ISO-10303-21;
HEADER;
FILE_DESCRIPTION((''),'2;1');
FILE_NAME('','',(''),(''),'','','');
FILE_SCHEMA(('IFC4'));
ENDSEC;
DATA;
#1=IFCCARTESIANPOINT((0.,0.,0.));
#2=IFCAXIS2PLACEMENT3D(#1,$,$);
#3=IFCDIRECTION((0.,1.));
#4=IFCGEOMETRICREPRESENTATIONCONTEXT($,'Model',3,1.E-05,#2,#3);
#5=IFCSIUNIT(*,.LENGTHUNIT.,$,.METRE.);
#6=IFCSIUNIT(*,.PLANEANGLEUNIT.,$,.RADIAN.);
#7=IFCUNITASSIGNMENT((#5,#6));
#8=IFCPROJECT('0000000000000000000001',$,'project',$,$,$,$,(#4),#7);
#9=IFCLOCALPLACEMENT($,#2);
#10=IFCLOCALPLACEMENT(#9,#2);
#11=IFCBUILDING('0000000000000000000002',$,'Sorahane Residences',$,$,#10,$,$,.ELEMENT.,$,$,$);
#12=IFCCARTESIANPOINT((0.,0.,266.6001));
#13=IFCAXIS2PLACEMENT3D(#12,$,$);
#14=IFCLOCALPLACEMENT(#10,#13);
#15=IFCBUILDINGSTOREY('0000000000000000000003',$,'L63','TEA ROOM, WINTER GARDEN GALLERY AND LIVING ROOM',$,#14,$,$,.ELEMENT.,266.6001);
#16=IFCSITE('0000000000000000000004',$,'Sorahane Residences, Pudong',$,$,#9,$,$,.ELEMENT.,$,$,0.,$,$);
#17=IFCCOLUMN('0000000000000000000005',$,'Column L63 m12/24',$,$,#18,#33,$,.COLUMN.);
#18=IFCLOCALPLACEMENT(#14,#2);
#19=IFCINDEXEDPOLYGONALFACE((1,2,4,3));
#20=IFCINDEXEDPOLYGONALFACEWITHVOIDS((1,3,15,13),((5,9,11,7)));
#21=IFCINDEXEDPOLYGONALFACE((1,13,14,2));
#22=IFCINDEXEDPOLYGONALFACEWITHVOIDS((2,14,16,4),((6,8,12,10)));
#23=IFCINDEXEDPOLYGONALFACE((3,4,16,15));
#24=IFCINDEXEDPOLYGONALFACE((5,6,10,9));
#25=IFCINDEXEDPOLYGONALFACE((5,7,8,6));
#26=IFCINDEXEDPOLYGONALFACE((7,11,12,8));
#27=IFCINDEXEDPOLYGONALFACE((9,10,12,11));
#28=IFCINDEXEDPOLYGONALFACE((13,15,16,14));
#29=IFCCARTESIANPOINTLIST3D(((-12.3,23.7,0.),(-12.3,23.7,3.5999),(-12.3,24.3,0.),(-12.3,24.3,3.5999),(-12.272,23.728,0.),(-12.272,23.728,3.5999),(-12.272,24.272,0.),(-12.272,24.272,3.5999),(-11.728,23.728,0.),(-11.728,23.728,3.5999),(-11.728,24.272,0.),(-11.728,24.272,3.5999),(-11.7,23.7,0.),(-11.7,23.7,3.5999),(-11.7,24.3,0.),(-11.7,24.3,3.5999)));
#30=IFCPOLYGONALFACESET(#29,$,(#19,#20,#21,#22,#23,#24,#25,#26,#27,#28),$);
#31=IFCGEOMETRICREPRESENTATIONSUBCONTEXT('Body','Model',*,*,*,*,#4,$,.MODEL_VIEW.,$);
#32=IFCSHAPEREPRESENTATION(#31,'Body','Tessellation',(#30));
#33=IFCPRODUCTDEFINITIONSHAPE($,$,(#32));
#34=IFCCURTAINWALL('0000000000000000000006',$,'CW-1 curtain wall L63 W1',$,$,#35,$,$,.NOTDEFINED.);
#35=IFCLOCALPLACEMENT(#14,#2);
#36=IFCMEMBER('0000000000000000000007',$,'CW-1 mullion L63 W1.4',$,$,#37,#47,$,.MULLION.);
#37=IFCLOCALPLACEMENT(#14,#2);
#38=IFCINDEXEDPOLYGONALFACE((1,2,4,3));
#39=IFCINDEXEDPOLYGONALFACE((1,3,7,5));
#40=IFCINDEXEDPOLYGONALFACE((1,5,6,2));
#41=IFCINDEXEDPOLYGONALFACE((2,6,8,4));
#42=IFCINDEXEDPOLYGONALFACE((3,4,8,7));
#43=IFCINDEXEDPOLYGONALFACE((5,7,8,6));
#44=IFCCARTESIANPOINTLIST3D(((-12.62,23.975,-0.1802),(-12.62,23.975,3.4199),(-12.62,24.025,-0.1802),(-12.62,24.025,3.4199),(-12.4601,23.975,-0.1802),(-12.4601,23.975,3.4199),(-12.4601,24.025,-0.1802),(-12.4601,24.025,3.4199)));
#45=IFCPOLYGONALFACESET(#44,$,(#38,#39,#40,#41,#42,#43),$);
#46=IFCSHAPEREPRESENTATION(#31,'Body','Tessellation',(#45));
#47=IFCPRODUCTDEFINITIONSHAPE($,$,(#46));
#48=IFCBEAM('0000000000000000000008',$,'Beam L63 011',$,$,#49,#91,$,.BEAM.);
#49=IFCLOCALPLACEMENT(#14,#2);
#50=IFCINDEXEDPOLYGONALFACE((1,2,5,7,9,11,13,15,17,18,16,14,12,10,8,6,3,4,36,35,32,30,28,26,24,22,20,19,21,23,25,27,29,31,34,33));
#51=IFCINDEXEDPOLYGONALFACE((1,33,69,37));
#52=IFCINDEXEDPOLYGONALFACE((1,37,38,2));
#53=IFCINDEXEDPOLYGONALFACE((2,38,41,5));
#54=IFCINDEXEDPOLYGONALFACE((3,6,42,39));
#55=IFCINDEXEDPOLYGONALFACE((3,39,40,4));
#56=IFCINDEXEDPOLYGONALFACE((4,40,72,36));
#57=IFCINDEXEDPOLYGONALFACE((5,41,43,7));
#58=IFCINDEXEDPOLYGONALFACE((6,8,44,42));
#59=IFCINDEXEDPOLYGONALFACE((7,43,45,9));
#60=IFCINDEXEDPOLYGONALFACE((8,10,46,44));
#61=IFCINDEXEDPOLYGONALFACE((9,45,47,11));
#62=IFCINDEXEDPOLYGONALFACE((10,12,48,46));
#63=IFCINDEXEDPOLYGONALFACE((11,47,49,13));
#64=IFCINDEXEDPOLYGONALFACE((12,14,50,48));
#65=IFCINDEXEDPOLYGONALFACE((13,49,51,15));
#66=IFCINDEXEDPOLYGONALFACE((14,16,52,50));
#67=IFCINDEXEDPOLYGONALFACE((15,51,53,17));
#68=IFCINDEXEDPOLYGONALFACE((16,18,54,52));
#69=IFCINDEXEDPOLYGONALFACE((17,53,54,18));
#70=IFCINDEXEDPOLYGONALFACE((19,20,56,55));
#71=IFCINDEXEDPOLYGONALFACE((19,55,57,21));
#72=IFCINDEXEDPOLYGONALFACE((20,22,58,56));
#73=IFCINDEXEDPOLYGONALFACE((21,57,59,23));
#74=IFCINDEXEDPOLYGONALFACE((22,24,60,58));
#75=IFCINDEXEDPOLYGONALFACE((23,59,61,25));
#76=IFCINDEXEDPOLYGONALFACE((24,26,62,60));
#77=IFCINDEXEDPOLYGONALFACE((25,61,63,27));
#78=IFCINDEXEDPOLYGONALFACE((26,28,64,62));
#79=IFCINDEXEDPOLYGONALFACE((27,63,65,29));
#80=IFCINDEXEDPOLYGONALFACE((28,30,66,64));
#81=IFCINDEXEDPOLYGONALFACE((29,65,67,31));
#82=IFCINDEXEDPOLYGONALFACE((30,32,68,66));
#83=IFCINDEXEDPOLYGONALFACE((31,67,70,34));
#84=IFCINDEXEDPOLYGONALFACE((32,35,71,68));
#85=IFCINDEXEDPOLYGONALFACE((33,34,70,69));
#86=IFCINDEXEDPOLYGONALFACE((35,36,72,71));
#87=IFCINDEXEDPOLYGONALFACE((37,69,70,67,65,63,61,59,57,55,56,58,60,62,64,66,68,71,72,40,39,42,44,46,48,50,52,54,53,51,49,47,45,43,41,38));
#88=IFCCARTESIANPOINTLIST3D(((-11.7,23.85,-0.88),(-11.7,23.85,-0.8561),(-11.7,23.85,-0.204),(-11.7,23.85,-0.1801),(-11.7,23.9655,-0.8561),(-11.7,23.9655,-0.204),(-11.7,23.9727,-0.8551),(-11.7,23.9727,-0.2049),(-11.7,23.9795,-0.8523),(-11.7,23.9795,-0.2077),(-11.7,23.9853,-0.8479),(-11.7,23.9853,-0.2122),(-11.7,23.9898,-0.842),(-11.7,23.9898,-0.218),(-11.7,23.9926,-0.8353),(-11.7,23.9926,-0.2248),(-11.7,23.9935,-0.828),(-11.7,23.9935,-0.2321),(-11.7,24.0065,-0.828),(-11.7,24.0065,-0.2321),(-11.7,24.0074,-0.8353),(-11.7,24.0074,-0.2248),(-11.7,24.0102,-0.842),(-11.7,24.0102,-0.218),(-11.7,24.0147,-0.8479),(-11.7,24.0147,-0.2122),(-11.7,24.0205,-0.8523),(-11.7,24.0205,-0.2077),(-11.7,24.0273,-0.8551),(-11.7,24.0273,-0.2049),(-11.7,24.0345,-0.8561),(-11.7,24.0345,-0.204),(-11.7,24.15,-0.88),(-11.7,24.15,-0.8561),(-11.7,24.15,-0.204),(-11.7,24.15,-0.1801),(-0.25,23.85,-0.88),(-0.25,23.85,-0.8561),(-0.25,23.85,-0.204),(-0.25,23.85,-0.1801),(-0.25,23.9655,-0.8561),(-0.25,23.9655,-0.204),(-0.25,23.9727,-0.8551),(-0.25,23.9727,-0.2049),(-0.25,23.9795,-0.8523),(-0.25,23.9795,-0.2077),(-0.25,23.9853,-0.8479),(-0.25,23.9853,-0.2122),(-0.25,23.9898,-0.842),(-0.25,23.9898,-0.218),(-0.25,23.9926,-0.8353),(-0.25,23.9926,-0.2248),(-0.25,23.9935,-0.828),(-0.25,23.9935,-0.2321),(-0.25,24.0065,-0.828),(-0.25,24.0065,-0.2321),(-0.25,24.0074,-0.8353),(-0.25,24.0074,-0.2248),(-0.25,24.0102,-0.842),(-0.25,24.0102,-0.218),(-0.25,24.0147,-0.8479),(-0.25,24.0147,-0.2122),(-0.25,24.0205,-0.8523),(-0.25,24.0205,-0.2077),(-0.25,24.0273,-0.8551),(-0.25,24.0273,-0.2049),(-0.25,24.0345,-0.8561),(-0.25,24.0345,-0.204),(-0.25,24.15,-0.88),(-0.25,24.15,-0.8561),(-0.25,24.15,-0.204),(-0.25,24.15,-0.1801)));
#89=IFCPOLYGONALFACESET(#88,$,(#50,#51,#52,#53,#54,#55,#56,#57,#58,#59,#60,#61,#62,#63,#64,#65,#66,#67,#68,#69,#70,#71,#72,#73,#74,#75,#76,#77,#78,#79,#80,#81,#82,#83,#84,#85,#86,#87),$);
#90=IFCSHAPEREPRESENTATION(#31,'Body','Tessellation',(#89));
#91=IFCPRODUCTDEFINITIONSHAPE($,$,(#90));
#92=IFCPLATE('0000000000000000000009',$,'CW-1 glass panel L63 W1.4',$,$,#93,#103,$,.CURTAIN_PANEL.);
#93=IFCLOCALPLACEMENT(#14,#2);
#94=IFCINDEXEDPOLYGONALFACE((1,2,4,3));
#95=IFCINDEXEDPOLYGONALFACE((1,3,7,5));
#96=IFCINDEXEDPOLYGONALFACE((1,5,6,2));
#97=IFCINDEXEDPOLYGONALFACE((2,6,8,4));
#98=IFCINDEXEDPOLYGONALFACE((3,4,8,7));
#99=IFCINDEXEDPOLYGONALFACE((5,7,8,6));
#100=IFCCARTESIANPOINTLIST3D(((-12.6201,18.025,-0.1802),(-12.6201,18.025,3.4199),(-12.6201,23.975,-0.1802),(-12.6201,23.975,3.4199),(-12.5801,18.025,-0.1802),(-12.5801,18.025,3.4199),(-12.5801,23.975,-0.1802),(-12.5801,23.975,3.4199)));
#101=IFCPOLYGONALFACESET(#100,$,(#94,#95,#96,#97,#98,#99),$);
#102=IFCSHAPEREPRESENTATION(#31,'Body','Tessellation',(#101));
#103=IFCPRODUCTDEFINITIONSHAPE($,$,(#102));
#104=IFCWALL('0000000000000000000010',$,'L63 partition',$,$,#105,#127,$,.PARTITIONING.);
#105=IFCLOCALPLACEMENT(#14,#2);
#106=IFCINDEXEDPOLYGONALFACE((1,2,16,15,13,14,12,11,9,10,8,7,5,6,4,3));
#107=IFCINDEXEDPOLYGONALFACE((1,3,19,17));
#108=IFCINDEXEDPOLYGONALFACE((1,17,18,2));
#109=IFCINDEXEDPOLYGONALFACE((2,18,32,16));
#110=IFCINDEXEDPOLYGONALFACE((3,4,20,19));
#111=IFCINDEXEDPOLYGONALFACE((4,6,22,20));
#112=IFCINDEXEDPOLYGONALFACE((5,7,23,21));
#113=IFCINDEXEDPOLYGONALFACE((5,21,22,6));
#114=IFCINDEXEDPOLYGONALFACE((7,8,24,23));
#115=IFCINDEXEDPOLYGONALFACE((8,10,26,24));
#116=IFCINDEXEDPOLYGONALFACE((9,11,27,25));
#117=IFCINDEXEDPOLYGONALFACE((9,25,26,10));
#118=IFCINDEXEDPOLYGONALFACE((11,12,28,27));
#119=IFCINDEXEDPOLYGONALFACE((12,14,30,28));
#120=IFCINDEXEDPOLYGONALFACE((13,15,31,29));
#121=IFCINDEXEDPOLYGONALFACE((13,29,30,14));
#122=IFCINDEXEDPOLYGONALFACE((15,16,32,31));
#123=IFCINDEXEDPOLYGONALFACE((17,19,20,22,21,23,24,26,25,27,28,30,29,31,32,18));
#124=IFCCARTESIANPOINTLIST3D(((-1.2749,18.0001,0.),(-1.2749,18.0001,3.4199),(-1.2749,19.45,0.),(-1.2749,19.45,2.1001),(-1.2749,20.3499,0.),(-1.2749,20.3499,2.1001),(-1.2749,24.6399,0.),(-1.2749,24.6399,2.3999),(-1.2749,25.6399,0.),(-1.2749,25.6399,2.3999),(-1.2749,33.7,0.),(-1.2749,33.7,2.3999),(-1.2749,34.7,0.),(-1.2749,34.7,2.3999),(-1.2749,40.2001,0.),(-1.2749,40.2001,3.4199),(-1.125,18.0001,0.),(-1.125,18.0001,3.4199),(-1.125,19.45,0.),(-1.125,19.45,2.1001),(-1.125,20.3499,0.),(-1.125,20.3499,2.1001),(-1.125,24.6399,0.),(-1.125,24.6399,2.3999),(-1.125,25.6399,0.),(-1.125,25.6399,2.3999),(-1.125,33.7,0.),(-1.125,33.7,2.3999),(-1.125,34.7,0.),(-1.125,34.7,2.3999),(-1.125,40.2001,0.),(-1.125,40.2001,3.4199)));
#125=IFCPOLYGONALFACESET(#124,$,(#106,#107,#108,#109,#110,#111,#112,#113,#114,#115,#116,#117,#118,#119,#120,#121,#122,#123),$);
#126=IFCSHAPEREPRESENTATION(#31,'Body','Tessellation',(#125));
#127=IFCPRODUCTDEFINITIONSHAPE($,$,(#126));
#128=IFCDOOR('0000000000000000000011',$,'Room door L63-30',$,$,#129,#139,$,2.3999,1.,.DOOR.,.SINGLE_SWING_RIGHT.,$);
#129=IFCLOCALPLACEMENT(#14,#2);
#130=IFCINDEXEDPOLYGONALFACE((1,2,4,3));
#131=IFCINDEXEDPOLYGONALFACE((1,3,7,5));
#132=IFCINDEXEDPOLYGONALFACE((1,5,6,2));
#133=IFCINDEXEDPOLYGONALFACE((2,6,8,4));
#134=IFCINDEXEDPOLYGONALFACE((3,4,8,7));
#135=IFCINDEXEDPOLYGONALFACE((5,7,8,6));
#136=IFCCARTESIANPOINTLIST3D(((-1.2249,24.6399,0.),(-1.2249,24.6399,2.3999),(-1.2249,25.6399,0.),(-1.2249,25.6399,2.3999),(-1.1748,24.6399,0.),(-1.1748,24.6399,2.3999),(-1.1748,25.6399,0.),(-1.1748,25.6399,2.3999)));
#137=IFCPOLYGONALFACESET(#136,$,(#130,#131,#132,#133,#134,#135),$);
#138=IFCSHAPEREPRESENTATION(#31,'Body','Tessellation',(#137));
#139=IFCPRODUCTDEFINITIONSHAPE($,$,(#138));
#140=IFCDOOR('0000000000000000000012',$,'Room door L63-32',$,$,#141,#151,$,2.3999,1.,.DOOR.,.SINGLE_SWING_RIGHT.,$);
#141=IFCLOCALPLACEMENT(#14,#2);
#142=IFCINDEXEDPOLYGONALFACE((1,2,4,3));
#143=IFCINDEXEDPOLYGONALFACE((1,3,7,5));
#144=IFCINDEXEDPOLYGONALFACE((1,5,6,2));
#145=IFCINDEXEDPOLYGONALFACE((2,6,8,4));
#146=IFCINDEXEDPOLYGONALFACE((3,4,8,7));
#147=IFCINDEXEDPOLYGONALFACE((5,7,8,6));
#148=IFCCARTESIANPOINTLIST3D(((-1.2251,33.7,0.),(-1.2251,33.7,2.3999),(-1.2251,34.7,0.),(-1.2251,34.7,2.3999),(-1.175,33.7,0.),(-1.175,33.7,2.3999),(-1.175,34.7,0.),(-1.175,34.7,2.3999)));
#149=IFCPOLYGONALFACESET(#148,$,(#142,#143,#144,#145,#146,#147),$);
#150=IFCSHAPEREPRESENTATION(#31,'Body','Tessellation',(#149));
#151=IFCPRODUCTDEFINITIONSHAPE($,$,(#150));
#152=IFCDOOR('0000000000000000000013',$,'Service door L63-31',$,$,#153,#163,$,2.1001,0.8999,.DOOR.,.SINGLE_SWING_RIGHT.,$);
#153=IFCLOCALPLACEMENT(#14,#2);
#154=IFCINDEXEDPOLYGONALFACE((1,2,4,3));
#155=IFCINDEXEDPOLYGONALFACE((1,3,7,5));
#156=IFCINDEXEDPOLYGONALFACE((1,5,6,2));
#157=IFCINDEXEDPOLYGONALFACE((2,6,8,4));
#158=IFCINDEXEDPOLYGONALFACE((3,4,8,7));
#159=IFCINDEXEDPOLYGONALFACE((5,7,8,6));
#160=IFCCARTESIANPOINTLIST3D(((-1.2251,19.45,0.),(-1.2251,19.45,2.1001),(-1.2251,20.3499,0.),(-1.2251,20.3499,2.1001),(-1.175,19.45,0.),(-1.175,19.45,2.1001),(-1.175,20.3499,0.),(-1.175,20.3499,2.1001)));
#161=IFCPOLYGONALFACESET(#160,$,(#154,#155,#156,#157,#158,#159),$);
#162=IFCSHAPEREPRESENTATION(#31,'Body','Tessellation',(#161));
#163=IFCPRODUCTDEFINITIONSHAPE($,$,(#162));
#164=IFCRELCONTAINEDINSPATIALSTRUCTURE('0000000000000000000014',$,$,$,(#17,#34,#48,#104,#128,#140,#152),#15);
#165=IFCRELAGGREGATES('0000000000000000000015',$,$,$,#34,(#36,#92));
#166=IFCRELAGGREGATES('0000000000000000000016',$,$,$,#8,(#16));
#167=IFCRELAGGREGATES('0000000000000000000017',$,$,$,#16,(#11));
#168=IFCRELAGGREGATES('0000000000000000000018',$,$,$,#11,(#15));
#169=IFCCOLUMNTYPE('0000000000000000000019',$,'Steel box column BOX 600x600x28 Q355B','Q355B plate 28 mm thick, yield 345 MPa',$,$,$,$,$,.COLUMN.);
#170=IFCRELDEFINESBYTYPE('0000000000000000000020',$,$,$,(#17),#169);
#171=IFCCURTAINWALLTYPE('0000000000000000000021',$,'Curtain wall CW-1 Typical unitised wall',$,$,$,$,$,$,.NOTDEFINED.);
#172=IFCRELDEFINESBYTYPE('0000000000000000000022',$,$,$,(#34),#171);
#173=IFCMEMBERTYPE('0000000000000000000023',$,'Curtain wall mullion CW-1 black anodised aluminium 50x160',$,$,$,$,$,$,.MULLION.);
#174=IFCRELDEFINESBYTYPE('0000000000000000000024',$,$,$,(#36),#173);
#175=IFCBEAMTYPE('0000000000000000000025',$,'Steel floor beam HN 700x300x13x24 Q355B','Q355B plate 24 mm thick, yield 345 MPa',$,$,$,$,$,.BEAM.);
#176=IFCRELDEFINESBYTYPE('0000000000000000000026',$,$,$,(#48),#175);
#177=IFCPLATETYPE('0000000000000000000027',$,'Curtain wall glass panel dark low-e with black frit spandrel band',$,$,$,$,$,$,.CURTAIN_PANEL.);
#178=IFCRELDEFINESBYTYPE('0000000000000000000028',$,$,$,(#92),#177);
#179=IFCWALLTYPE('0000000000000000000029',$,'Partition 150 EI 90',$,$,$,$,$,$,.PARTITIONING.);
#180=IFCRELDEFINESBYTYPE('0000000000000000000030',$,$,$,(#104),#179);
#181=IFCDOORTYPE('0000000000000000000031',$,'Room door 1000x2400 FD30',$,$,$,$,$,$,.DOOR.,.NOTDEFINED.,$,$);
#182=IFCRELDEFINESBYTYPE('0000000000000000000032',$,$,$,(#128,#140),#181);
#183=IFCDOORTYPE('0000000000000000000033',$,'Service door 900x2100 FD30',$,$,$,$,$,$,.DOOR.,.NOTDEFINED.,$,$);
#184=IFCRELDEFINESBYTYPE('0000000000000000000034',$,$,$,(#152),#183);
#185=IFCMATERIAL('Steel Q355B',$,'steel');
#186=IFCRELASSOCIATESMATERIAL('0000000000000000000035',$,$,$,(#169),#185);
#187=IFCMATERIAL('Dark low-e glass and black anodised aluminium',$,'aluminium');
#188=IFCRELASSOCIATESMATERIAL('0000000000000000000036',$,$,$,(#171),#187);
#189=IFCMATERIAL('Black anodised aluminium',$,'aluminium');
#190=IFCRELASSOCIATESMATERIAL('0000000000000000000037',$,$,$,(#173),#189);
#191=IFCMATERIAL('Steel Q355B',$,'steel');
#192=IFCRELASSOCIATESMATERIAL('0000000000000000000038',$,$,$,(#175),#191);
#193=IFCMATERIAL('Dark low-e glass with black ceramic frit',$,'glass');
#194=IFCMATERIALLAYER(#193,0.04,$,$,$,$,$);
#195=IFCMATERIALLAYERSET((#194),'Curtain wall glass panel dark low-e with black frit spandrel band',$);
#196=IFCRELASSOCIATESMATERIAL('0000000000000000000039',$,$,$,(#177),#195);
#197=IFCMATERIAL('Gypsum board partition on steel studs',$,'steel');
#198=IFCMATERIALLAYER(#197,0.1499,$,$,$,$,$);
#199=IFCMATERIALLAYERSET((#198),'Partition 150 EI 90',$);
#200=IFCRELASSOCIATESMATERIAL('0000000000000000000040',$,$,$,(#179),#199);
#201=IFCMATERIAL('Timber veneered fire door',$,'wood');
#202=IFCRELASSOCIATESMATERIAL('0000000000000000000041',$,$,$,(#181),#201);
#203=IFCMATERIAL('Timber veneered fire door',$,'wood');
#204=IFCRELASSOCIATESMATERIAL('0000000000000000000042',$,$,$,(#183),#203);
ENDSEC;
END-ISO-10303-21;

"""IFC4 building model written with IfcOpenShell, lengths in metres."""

from ifc_helpers import new_model, si_unit, direction, frame, frame_2d, origin, origin_2d, place, context, subcontext, project, spatial, rectangle, hollow_rectangle, i_section, extrude, material, layer, layer_set, material_profile, profile_set, type_object, element, fill, aggregate, save


model = new_model("IFC4")

# Units and contexts
model_context = context("Model", 3, precision=1e-05, world=origin(), true_north=direction((0.0, 1.0)))
body_context = subcontext(model_context, "Body", "Model", "MODEL_VIEW")
ifc_project = project(units=[si_unit("LENGTHUNIT", "METRE"), si_unit("PLANEANGLEUNIT", "RADIAN")], contexts=[model_context])

# Site, building, storey
site_placement = place(None, origin())
site = spatial("IfcSite", under=ifc_project, at=site_placement, Name="Sorahane Residences, Pudong", CompositionType="ELEMENT", RefElevation=0.0)
building_placement = place(site_placement, origin())
building = spatial("IfcBuilding", under=site, at=building_placement, Name="Sorahane Residences", CompositionType="ELEMENT")
storey_placement = place(building_placement, frame((0.0, 0.0, 266.6001)))
storey = spatial("IfcBuildingStorey", under=building, at=storey_placement, Name="L63", Description="TEA ROOM, WINTER GARDEN GALLERY AND LIVING ROOM", CompositionType="ELEMENT", Elevation=266.6001)

# Column
ifc_material_1 = material(Name="Steel Q355B", Category="steel")
ifc_material_profile_1 = material_profile(ifc_material_1, hollow_rectangle(XDim=0.6001, YDim=0.6001, WallThickness=0.0281, at=origin_2d()), Name="BOX 600x600x28")
ifc_profile_set_1 = profile_set([ifc_material_profile_1], Name="Steel Q355B")
column_type = type_object("IfcColumnType", Name="Steel box column BOX 600x600x28 Q355B", Description="Q355B plate 28 mm thick, yield 345 MPa", PredefinedType="COLUMN", material=ifc_profile_set_1)
column_placement = place(storey_placement, frame((-12.0, 24.0, 0.0), z_axis=(0.0, 0.0, 1.0), x_axis=(1.0, 0.0, 0.0)))
element("IfcColumn", 1, at=column_placement, inside=storey, type_object=column_type, Name="Column L63 m12/24", PredefinedType="COLUMN", context=body_context, shape_type="SweptSolid", body=[
    extrude(hollow_rectangle(XDim=0.6001, YDim=0.6001, WallThickness=0.0281, at=origin_2d()), origin(), (0.0, 0.0, 1.0), 3.5999),
])

# Curtain wall, member
ifc_material_2 = material(Name="Dark low-e glass and black anodised aluminium", Category="aluminium")
curtain_wall_type = type_object("IfcCurtainWallType", Name="Curtain wall CW-1 Typical unitised wall", PredefinedType="NOTDEFINED", material=ifc_material_2)
curtain_wall_placement = place(storey_placement, origin())
curtain_wall = element("IfcCurtainWall", 2, at=curtain_wall_placement, inside=storey, type_object=curtain_wall_type, Name="CW-1 curtain wall L63 W1", PredefinedType="NOTDEFINED")
ifc_material_3 = material(Name="Black anodised aluminium", Category="aluminium")
ifc_material_profile_2 = material_profile(ifc_material_3, rectangle(XDim=0.1599, YDim=0.05, at=origin_2d()), Name="Curtain wall mullion CW-1 black anodised aluminium 50x160")
ifc_profile_set_2 = profile_set([ifc_material_profile_2], Name="Black anodised aluminium")
member_type = type_object("IfcMemberType", Name="Curtain wall mullion CW-1 black anodised aluminium 50x160", PredefinedType="MULLION", material=ifc_profile_set_2)
member_placement = place(storey_placement, frame((-12.54, 24.0, -0.1802), z_axis=(0.0, 0.0, 1.0), x_axis=(-1.0, 0.0, 0.0)))
member = element("IfcMember", 3, at=member_placement, type_object=member_type, Name="CW-1 mullion L63 W1.4", PredefinedType="MULLION", context=body_context, shape_type="SweptSolid", body=[
    extrude(rectangle(XDim=0.1599, YDim=0.05, at=origin_2d()), origin(), (0.0, 0.0, 1.0), 3.6001),
])

# Beam
ifc_material_4 = material(Name="Steel Q355B", Category="steel")
ifc_material_profile_3 = material_profile(ifc_material_4, i_section(OverallWidth=0.3, OverallDepth=0.7, WebThickness=0.0129, FlangeThickness=0.0239, FilletRadius=0.0281, at=origin_2d()), Name="HN 700x300x13x24")
ifc_profile_set_3 = profile_set([ifc_material_profile_3], Name="Steel Q355B")
beam_type = type_object("IfcBeamType", Name="Steel floor beam HN 700x300x13x24 Q355B", Description="Q355B plate 24 mm thick, yield 345 MPa", PredefinedType="BEAM", material=ifc_profile_set_3)
beam_placement = place(storey_placement, frame((-11.7, 24.0, -0.53), z_axis=(1.0, 0.0, 0.0), x_axis=(0.0, 1.0, 0.0)))
element("IfcBeam", 4, at=beam_placement, inside=storey, type_object=beam_type, Name="Beam L63 011", PredefinedType="BEAM", context=body_context, shape_type="SweptSolid", body=[
    extrude(i_section(OverallWidth=0.3, OverallDepth=0.7, WebThickness=0.0129, FlangeThickness=0.0239, FilletRadius=0.0281, at=origin_2d()), origin(), (0.0, 0.0, 1.0), 11.45),
])

# Plate
ifc_material_5 = material(Name="Dark low-e glass with black ceramic frit", Category="glass")
ifc_layer_1 = layer(ifc_material_5, 0.04)
ifc_layer_set_1 = layer_set([ifc_layer_1], Name="Curtain wall glass panel dark low-e with black frit spandrel band")
plate_type = type_object("IfcPlateType", Name="Curtain wall glass panel dark low-e with black frit spandrel band", PredefinedType="CURTAIN_PANEL", material=ifc_layer_set_1)
plate_placement = place(storey_placement, frame((-12.6001, 21.0, -0.1802), z_axis=(0.0, 0.0, 1.0), x_axis=(0.0, -1.0, 0.0)))
plate = element("IfcPlate", 5, at=plate_placement, type_object=plate_type, Name="CW-1 glass panel L63 W1.4", PredefinedType="CURTAIN_PANEL", context=body_context, shape_type="SweptSolid", body=[
    extrude(rectangle(XDim=5.95, YDim=0.04, at=origin_2d()), origin(), (0.0, 0.0, 1.0), 3.6001),
])
aggregate(curtain_wall, [member, plate])

# Wall, openings, doors
ifc_material_6 = material(Name="Gypsum board partition on steel studs", Category="steel")
ifc_layer_2 = layer(ifc_material_6, 0.1499)
ifc_layer_set_2 = layer_set([ifc_layer_2], Name="Partition 150 EI 90")
wall_type_1 = type_object("IfcWallType", Name="Partition 150 EI 90", PredefinedType="PARTITIONING", material=ifc_layer_set_2)
wall_1_placement = place(storey_placement, frame((-1.2, 18.0, 0.0), z_axis=(0.0, 0.0, 1.0), x_axis=(0.0, 1.0, 0.0)))
wall_1 = element("IfcWall", 6, at=wall_1_placement, inside=storey, type_object=wall_type_1, Name="L63 partition", PredefinedType="PARTITIONING", context=body_context, shape_type="SweptSolid", body=[
    extrude(rectangle(XDim=22.2, YDim=0.1499, at=frame_2d((11.1001, 0.0))), origin(), (0.0, 0.0, 1.0), 3.4199),
])
opening_1_placement = place(wall_1_placement, frame((6.6399, 0.0, 0.0)))
opening_1 = element("IfcOpeningElement", 7, at=opening_1_placement, cuts=wall_1, PredefinedType="OPENING", context=body_context, shape_type="SweptSolid", body=[
    extrude(rectangle(XDim=1.0, YDim=2.3999, at=frame_2d((0.5, 1.2))), frame((0.0, 0.085, 0.0), z_axis=(0.0, -1.0, 0.0), x_axis=(1.0, 0.0, 0.0)), (0.0, 0.0, 1.0), 0.1699),
])
opening_2_placement = place(wall_1_placement, frame((1.45, 0.0, 0.0)))
opening_2 = element("IfcOpeningElement", 8, at=opening_2_placement, cuts=wall_1, PredefinedType="OPENING", context=body_context, shape_type="SweptSolid", body=[
    extrude(rectangle(XDim=0.8999, YDim=2.1001, at=frame_2d((0.45, 1.05))), frame((0.0, 0.085, 0.0), z_axis=(0.0, -1.0, 0.0), x_axis=(1.0, 0.0, 0.0)), (0.0, 0.0, 1.0), 0.1699),
])
opening_3_placement = place(wall_1_placement, frame((15.7, 0.0, 0.0)))
opening_3 = element("IfcOpeningElement", 9, at=opening_3_placement, cuts=wall_1, PredefinedType="OPENING", context=body_context, shape_type="SweptSolid", body=[
    extrude(rectangle(XDim=1.0, YDim=2.3999, at=frame_2d((0.5, 1.2))), frame((0.0, 0.085, 0.0), z_axis=(0.0, -1.0, 0.0), x_axis=(1.0, 0.0, 0.0)), (0.0, 0.0, 1.0), 0.1699),
])
ifc_material_7 = material(Name="Timber veneered fire door", Category="wood")
door_type_1 = type_object("IfcDoorType", Name="Room door 1000x2400 FD30", OperationType="NOTDEFINED", PredefinedType="DOOR", material=ifc_material_7)
door_1_placement = place(opening_1_placement, origin())
door_1 = element("IfcDoor", 10, at=door_1_placement, inside=storey, type_object=door_type_1, Name="Room door L63-30", OperationType="SINGLE_SWING_RIGHT", OverallHeight=2.3999, OverallWidth=1.0, PredefinedType="DOOR", context=body_context, shape_type="SweptSolid", body=[
    extrude(rectangle(XDim=1.0, YDim=2.3999, at=frame_2d((0.5, 1.2))), frame((0.0, 0.0249, 0.0), z_axis=(0.0, -1.0, 0.0), x_axis=(1.0, 0.0, 0.0)), (0.0, 0.0, 1.0), 0.05),
])
fill(opening_1, door_1)
door_2_placement = place(opening_3_placement, frame((1.0, 0.0, 0.0), z_axis=(0.0, 0.0, 1.0), x_axis=(-1.0, 0.0, 0.0)))
door_2 = element("IfcDoor", 11, at=door_2_placement, inside=storey, type_object=door_type_1, Name="Room door L63-32", OperationType="SINGLE_SWING_RIGHT", OverallHeight=2.3999, OverallWidth=1.0, PredefinedType="DOOR", context=body_context, shape_type="SweptSolid", body=[
    extrude(rectangle(XDim=1.0, YDim=2.3999, at=frame_2d((0.5, 1.2))), frame((0.0, 0.0249, 0.0), z_axis=(0.0, -1.0, 0.0), x_axis=(1.0, 0.0, 0.0)), (0.0, 0.0, 1.0), 0.05),
])
fill(opening_3, door_2)
ifc_material_8 = material(Name="Timber veneered fire door", Category="wood")
door_type_2 = type_object("IfcDoorType", Name="Service door 900x2100 FD30", OperationType="NOTDEFINED", PredefinedType="DOOR", material=ifc_material_8)
door_3_placement = place(opening_2_placement, frame((0.8999, 0.0, 0.0), z_axis=(0.0, 0.0, 1.0), x_axis=(-1.0, 0.0, 0.0)))
door_3 = element("IfcDoor", 12, at=door_3_placement, inside=storey, type_object=door_type_2, Name="Service door L63-31", OperationType="SINGLE_SWING_RIGHT", OverallHeight=2.1001, OverallWidth=0.8999, PredefinedType="DOOR", context=body_context, shape_type="SweptSolid", body=[
    extrude(rectangle(XDim=0.8999, YDim=2.1001, at=frame_2d((0.45, 1.05))), frame((0.0, 0.0249, 0.0), z_axis=(0.0, -1.0, 0.0), x_axis=(1.0, 0.0, 0.0)), (0.0, 0.0, 1.0), 0.05),
])
fill(opening_2, door_3)

save(model, "model.ifc")
